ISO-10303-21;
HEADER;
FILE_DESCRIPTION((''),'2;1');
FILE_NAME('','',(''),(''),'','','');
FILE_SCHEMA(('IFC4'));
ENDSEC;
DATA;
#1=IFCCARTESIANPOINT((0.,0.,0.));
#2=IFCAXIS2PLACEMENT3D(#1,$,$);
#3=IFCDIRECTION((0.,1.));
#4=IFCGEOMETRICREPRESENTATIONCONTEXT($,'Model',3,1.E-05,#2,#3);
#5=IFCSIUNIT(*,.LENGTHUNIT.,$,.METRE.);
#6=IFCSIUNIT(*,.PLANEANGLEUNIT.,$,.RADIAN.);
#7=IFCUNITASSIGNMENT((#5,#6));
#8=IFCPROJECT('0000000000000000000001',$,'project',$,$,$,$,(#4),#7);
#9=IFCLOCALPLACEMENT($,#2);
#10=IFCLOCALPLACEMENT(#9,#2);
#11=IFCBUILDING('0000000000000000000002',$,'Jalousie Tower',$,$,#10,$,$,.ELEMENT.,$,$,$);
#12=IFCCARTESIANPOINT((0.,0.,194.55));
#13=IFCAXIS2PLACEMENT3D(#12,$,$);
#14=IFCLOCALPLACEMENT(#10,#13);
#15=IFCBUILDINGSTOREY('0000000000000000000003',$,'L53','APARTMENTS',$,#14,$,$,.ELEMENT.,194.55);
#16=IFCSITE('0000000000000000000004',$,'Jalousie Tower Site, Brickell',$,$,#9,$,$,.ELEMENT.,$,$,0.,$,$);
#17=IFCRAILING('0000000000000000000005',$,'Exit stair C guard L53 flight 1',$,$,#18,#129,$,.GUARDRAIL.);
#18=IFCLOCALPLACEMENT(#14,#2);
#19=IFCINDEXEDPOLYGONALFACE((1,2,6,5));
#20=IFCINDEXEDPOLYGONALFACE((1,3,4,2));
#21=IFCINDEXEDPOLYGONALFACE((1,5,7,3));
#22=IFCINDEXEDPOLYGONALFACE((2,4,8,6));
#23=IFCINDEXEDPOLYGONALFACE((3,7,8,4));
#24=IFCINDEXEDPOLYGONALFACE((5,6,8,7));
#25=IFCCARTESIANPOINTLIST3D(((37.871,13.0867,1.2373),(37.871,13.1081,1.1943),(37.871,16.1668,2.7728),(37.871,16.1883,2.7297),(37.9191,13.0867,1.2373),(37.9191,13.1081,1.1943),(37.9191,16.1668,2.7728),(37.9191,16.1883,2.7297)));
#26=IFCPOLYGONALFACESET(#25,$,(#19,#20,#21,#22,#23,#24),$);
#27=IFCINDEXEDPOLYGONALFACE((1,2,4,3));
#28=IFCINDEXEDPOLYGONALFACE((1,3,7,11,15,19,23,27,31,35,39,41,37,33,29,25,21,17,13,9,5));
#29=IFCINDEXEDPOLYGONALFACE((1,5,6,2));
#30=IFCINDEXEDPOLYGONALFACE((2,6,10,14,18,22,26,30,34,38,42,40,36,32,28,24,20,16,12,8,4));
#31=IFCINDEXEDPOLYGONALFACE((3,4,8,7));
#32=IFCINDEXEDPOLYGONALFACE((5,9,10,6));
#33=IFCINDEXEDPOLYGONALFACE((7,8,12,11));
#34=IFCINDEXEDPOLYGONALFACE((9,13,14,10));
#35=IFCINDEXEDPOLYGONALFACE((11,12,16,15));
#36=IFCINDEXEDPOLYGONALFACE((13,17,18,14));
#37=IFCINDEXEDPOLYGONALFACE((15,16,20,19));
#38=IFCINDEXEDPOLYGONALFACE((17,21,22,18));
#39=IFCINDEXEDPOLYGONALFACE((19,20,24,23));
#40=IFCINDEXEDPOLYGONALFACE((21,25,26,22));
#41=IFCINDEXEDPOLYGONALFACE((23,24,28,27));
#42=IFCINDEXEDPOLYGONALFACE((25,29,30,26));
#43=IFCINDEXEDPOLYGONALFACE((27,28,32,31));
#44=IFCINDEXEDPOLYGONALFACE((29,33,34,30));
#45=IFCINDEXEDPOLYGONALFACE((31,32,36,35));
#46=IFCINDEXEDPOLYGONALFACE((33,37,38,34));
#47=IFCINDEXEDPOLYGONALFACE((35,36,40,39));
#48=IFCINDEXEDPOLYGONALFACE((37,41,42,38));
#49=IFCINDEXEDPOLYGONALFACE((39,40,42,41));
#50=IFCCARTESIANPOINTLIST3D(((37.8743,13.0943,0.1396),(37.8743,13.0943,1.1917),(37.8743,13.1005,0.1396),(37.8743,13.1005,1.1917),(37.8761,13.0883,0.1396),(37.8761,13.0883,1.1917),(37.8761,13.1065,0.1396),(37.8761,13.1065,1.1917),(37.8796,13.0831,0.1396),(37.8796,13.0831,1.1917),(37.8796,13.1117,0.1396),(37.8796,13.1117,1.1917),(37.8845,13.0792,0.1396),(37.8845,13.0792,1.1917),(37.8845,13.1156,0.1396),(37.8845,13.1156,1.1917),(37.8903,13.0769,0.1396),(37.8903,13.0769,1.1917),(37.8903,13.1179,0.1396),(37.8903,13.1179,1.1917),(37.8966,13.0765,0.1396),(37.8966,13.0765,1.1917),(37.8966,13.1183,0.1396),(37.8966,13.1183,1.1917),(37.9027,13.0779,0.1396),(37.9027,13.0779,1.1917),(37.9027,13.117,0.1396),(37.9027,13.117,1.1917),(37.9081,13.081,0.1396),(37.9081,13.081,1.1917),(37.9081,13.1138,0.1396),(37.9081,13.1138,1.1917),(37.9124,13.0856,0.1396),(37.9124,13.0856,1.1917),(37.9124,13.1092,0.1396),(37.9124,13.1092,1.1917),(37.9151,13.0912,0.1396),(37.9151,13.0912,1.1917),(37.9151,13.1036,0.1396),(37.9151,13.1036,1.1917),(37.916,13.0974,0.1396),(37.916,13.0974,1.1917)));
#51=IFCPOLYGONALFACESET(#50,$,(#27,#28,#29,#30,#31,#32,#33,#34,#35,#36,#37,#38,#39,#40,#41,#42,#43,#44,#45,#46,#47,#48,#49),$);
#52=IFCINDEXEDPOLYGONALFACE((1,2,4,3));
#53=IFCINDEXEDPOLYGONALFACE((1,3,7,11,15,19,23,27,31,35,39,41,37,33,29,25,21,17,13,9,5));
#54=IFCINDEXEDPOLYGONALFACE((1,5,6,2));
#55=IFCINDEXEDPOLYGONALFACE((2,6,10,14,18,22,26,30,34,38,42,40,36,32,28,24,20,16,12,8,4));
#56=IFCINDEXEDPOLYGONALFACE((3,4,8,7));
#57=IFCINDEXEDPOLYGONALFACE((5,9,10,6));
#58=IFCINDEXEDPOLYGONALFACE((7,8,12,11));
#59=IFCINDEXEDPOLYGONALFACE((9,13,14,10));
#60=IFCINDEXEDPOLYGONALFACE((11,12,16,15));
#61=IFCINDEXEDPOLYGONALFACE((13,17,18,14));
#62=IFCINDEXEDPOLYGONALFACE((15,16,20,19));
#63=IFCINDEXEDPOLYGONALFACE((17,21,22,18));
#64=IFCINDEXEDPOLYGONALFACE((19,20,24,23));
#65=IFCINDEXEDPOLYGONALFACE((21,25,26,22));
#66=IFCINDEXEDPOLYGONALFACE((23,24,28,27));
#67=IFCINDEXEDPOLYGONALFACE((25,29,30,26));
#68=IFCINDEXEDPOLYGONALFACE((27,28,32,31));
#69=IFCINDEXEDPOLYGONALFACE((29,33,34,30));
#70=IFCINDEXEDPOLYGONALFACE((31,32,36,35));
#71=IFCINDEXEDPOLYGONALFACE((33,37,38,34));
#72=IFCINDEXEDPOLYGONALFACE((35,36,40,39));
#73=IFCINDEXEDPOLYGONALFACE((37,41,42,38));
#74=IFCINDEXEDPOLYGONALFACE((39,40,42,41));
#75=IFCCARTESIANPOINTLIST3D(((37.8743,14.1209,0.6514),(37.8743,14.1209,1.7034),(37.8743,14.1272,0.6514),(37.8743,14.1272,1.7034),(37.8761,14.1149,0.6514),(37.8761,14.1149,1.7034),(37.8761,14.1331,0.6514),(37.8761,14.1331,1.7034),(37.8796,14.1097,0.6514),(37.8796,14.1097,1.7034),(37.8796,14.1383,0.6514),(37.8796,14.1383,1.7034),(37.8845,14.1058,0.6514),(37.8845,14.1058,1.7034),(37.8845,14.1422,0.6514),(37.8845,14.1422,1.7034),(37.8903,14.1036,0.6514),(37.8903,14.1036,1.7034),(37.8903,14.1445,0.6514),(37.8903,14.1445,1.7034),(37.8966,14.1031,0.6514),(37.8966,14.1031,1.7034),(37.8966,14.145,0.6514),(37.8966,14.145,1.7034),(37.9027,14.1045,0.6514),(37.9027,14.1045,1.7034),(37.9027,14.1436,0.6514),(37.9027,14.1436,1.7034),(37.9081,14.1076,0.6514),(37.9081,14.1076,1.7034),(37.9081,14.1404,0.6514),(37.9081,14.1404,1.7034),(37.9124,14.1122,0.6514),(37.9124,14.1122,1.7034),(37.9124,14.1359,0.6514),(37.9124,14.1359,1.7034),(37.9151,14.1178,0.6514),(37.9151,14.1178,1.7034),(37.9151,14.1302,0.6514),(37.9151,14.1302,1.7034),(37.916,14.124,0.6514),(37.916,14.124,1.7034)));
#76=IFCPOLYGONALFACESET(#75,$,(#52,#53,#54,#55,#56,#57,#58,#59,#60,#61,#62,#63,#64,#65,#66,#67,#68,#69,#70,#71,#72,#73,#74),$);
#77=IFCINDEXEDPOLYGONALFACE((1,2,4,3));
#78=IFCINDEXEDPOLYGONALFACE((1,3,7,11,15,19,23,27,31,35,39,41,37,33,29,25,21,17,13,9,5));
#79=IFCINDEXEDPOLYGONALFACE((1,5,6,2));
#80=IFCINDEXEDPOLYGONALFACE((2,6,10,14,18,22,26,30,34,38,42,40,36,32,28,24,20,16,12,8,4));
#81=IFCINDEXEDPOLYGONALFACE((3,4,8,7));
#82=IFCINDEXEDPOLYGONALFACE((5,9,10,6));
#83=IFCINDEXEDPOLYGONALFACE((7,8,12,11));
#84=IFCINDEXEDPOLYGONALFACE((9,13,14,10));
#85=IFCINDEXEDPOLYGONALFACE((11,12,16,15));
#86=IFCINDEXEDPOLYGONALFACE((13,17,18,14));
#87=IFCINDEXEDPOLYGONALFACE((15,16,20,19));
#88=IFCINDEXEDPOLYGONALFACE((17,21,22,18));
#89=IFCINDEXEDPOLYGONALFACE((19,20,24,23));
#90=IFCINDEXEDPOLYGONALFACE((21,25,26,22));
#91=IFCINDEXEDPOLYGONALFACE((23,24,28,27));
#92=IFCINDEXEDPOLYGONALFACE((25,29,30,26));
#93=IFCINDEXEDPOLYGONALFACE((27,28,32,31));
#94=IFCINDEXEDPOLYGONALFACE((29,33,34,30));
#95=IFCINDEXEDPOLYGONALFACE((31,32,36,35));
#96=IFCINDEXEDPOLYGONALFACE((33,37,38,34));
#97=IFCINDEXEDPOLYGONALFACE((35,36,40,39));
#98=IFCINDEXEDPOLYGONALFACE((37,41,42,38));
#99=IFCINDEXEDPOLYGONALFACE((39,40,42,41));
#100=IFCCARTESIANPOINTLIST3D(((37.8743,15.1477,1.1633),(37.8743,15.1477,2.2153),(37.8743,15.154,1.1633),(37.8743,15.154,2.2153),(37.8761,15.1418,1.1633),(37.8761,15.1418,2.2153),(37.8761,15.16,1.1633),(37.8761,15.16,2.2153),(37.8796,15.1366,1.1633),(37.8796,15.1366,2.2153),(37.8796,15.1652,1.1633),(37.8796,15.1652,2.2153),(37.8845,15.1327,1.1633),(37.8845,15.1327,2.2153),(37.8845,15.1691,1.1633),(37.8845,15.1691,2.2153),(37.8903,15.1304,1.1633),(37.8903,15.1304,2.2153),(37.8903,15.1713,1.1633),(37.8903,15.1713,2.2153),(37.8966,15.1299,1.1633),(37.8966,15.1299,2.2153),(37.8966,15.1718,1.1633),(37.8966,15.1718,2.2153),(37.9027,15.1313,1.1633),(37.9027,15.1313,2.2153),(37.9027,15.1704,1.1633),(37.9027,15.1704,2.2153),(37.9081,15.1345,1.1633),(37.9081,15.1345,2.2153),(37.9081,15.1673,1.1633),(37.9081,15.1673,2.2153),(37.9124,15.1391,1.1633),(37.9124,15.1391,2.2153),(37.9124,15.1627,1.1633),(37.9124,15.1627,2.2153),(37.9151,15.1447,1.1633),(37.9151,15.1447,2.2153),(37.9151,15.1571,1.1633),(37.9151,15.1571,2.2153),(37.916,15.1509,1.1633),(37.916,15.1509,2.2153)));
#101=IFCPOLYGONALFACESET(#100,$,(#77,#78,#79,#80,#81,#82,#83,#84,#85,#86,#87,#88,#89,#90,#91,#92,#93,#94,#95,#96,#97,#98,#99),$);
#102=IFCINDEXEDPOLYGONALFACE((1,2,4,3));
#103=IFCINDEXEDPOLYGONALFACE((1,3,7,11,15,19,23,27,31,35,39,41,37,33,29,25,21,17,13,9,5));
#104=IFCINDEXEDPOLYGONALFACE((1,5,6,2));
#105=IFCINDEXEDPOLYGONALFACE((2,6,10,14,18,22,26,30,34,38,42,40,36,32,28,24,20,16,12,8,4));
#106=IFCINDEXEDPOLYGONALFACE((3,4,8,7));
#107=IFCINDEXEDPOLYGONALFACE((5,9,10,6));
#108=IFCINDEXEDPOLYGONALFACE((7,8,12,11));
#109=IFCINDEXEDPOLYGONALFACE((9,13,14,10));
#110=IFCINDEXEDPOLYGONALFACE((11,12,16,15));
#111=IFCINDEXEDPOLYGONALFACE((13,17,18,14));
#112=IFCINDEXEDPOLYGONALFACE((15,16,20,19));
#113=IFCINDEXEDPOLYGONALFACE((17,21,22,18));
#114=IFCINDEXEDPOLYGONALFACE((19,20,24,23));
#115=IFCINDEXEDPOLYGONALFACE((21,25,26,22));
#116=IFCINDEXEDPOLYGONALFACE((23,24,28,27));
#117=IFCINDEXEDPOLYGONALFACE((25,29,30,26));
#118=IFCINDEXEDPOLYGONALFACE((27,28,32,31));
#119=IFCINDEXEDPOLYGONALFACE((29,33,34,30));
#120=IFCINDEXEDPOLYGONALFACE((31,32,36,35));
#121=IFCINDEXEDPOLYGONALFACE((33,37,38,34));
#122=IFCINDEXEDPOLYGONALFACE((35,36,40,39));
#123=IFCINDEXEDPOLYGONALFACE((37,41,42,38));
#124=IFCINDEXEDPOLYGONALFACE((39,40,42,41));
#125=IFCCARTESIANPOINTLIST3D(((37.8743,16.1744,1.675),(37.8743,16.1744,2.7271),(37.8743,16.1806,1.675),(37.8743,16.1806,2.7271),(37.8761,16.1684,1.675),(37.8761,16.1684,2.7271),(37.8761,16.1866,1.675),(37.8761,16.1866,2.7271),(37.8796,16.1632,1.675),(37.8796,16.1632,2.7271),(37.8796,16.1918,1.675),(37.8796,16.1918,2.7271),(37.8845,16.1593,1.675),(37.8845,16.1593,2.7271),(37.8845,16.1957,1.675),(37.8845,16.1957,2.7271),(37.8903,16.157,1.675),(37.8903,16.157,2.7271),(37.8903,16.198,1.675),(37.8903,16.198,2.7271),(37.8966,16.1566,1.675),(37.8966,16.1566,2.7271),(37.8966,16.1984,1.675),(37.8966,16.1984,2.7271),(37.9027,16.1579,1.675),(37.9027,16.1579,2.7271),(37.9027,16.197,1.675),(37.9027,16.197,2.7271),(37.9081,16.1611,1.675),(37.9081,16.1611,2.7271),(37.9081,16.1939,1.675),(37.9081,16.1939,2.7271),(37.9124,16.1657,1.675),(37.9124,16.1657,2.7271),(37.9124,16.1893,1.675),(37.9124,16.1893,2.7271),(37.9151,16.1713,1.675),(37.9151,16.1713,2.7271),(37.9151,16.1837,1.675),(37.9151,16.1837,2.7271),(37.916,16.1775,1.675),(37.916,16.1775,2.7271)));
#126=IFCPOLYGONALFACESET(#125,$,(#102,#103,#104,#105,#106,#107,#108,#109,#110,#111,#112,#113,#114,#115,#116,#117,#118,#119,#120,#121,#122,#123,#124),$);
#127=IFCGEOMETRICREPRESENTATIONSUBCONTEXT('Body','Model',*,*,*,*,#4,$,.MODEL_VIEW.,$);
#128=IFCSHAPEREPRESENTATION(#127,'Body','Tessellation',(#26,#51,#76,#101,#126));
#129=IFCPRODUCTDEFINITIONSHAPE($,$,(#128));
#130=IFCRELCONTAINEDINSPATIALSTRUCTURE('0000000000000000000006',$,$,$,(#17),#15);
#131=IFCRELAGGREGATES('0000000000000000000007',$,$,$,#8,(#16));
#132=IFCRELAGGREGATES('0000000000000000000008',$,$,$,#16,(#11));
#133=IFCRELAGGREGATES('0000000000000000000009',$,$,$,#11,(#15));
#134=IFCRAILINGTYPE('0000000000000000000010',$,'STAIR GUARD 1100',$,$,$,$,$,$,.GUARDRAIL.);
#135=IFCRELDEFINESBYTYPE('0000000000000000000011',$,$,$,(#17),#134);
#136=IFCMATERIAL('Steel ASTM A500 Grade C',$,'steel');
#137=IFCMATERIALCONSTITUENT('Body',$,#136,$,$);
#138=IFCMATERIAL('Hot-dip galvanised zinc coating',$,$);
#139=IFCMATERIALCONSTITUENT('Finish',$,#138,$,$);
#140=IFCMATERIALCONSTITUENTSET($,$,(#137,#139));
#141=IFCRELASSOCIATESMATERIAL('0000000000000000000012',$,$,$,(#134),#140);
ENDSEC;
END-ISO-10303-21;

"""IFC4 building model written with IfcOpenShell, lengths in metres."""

from ifc_helpers import new_model, si_unit, direction, frame, origin, origin_2d, place, context, subcontext, project, spatial, rectangle, circle, extrude, material, constituent, constituent_set, type_object, element, save


model = new_model("IFC4")

# Units and contexts
model_context = context("Model", 3, precision=1e-05, world=origin(), true_north=direction((0.0, 1.0)))
body_context = subcontext(model_context, "Body", "Model", "MODEL_VIEW")
ifc_project = project(units=[si_unit("LENGTHUNIT", "METRE"), si_unit("PLANEANGLEUNIT", "RADIAN")], contexts=[model_context])

# Site, building, storey
site_placement = place(None, origin())
site = spatial("IfcSite", under=ifc_project, at=site_placement, Name="Jalousie Tower Site, Brickell", CompositionType="ELEMENT", RefElevation=0.0)
building_placement = place(site_placement, origin())
building = spatial("IfcBuilding", under=site, at=building_placement, Name="Jalousie Tower", CompositionType="ELEMENT")
storey_placement = place(building_placement, frame((0.0, 0.0, 194.55)))
storey = spatial("IfcBuildingStorey", under=building, at=storey_placement, Name="L53", Description="APARTMENTS", CompositionType="ELEMENT", Elevation=194.55)

# Railing
ifc_material_1 = material(Name="Steel ASTM A500 Grade C", Category="steel")
ifc_constituent_1 = constituent(ifc_material_1, Name="Body")
ifc_material_2 = material(Name="Hot-dip galvanised zinc coating")
ifc_constituent_2 = constituent(ifc_material_2, Name="Finish")
ifc_constituent_set_1 = constituent_set(constituents=[ifc_constituent_1, ifc_constituent_2])
railing_type_1 = type_object("IfcRailingType", Name="STAIR GUARD 1100", PredefinedType="GUARDRAIL", material=ifc_constituent_set_1)
railing_1_placement = place(storey_placement, frame((37.895, 13.0974, 0.1396)))
element("IfcRailing", 1, at=railing_1_placement, inside=storey, type_object=railing_type_1, Name="Exit stair C guard L53 flight 1", PredefinedType="GUARDRAIL", context=body_context, shape_type="SweptSolid", body=[
    extrude(rectangle(XDim=0.0481, YDim=0.0481, at=origin_2d()), frame((0.0, 0.0, 1.0762), z_axis=(0.0, 0.894966, 0.446135), x_axis=(-1.0, 0.0, 0.0)), (0.0, 0.0, 1.0), 3.4417),
    extrude(circle(Radius=0.021, at=origin_2d()), origin(), (0.0, 0.0, 1.0), 1.052),
    extrude(circle(Radius=0.021, at=origin_2d()), frame((0.0, 1.0266, 0.5117)), (0.0, 0.0, 1.0), 1.052),
    extrude(circle(Radius=0.021, at=origin_2d()), frame((0.0, 2.0535, 1.0237)), (0.0, 0.0, 1.0), 1.052),
    extrude(circle(Radius=0.021, at=origin_2d()), frame((0.0, 3.0801, 1.5354)), (0.0, 0.0, 1.0), 1.052),
])

save(model, "model.ifc")
